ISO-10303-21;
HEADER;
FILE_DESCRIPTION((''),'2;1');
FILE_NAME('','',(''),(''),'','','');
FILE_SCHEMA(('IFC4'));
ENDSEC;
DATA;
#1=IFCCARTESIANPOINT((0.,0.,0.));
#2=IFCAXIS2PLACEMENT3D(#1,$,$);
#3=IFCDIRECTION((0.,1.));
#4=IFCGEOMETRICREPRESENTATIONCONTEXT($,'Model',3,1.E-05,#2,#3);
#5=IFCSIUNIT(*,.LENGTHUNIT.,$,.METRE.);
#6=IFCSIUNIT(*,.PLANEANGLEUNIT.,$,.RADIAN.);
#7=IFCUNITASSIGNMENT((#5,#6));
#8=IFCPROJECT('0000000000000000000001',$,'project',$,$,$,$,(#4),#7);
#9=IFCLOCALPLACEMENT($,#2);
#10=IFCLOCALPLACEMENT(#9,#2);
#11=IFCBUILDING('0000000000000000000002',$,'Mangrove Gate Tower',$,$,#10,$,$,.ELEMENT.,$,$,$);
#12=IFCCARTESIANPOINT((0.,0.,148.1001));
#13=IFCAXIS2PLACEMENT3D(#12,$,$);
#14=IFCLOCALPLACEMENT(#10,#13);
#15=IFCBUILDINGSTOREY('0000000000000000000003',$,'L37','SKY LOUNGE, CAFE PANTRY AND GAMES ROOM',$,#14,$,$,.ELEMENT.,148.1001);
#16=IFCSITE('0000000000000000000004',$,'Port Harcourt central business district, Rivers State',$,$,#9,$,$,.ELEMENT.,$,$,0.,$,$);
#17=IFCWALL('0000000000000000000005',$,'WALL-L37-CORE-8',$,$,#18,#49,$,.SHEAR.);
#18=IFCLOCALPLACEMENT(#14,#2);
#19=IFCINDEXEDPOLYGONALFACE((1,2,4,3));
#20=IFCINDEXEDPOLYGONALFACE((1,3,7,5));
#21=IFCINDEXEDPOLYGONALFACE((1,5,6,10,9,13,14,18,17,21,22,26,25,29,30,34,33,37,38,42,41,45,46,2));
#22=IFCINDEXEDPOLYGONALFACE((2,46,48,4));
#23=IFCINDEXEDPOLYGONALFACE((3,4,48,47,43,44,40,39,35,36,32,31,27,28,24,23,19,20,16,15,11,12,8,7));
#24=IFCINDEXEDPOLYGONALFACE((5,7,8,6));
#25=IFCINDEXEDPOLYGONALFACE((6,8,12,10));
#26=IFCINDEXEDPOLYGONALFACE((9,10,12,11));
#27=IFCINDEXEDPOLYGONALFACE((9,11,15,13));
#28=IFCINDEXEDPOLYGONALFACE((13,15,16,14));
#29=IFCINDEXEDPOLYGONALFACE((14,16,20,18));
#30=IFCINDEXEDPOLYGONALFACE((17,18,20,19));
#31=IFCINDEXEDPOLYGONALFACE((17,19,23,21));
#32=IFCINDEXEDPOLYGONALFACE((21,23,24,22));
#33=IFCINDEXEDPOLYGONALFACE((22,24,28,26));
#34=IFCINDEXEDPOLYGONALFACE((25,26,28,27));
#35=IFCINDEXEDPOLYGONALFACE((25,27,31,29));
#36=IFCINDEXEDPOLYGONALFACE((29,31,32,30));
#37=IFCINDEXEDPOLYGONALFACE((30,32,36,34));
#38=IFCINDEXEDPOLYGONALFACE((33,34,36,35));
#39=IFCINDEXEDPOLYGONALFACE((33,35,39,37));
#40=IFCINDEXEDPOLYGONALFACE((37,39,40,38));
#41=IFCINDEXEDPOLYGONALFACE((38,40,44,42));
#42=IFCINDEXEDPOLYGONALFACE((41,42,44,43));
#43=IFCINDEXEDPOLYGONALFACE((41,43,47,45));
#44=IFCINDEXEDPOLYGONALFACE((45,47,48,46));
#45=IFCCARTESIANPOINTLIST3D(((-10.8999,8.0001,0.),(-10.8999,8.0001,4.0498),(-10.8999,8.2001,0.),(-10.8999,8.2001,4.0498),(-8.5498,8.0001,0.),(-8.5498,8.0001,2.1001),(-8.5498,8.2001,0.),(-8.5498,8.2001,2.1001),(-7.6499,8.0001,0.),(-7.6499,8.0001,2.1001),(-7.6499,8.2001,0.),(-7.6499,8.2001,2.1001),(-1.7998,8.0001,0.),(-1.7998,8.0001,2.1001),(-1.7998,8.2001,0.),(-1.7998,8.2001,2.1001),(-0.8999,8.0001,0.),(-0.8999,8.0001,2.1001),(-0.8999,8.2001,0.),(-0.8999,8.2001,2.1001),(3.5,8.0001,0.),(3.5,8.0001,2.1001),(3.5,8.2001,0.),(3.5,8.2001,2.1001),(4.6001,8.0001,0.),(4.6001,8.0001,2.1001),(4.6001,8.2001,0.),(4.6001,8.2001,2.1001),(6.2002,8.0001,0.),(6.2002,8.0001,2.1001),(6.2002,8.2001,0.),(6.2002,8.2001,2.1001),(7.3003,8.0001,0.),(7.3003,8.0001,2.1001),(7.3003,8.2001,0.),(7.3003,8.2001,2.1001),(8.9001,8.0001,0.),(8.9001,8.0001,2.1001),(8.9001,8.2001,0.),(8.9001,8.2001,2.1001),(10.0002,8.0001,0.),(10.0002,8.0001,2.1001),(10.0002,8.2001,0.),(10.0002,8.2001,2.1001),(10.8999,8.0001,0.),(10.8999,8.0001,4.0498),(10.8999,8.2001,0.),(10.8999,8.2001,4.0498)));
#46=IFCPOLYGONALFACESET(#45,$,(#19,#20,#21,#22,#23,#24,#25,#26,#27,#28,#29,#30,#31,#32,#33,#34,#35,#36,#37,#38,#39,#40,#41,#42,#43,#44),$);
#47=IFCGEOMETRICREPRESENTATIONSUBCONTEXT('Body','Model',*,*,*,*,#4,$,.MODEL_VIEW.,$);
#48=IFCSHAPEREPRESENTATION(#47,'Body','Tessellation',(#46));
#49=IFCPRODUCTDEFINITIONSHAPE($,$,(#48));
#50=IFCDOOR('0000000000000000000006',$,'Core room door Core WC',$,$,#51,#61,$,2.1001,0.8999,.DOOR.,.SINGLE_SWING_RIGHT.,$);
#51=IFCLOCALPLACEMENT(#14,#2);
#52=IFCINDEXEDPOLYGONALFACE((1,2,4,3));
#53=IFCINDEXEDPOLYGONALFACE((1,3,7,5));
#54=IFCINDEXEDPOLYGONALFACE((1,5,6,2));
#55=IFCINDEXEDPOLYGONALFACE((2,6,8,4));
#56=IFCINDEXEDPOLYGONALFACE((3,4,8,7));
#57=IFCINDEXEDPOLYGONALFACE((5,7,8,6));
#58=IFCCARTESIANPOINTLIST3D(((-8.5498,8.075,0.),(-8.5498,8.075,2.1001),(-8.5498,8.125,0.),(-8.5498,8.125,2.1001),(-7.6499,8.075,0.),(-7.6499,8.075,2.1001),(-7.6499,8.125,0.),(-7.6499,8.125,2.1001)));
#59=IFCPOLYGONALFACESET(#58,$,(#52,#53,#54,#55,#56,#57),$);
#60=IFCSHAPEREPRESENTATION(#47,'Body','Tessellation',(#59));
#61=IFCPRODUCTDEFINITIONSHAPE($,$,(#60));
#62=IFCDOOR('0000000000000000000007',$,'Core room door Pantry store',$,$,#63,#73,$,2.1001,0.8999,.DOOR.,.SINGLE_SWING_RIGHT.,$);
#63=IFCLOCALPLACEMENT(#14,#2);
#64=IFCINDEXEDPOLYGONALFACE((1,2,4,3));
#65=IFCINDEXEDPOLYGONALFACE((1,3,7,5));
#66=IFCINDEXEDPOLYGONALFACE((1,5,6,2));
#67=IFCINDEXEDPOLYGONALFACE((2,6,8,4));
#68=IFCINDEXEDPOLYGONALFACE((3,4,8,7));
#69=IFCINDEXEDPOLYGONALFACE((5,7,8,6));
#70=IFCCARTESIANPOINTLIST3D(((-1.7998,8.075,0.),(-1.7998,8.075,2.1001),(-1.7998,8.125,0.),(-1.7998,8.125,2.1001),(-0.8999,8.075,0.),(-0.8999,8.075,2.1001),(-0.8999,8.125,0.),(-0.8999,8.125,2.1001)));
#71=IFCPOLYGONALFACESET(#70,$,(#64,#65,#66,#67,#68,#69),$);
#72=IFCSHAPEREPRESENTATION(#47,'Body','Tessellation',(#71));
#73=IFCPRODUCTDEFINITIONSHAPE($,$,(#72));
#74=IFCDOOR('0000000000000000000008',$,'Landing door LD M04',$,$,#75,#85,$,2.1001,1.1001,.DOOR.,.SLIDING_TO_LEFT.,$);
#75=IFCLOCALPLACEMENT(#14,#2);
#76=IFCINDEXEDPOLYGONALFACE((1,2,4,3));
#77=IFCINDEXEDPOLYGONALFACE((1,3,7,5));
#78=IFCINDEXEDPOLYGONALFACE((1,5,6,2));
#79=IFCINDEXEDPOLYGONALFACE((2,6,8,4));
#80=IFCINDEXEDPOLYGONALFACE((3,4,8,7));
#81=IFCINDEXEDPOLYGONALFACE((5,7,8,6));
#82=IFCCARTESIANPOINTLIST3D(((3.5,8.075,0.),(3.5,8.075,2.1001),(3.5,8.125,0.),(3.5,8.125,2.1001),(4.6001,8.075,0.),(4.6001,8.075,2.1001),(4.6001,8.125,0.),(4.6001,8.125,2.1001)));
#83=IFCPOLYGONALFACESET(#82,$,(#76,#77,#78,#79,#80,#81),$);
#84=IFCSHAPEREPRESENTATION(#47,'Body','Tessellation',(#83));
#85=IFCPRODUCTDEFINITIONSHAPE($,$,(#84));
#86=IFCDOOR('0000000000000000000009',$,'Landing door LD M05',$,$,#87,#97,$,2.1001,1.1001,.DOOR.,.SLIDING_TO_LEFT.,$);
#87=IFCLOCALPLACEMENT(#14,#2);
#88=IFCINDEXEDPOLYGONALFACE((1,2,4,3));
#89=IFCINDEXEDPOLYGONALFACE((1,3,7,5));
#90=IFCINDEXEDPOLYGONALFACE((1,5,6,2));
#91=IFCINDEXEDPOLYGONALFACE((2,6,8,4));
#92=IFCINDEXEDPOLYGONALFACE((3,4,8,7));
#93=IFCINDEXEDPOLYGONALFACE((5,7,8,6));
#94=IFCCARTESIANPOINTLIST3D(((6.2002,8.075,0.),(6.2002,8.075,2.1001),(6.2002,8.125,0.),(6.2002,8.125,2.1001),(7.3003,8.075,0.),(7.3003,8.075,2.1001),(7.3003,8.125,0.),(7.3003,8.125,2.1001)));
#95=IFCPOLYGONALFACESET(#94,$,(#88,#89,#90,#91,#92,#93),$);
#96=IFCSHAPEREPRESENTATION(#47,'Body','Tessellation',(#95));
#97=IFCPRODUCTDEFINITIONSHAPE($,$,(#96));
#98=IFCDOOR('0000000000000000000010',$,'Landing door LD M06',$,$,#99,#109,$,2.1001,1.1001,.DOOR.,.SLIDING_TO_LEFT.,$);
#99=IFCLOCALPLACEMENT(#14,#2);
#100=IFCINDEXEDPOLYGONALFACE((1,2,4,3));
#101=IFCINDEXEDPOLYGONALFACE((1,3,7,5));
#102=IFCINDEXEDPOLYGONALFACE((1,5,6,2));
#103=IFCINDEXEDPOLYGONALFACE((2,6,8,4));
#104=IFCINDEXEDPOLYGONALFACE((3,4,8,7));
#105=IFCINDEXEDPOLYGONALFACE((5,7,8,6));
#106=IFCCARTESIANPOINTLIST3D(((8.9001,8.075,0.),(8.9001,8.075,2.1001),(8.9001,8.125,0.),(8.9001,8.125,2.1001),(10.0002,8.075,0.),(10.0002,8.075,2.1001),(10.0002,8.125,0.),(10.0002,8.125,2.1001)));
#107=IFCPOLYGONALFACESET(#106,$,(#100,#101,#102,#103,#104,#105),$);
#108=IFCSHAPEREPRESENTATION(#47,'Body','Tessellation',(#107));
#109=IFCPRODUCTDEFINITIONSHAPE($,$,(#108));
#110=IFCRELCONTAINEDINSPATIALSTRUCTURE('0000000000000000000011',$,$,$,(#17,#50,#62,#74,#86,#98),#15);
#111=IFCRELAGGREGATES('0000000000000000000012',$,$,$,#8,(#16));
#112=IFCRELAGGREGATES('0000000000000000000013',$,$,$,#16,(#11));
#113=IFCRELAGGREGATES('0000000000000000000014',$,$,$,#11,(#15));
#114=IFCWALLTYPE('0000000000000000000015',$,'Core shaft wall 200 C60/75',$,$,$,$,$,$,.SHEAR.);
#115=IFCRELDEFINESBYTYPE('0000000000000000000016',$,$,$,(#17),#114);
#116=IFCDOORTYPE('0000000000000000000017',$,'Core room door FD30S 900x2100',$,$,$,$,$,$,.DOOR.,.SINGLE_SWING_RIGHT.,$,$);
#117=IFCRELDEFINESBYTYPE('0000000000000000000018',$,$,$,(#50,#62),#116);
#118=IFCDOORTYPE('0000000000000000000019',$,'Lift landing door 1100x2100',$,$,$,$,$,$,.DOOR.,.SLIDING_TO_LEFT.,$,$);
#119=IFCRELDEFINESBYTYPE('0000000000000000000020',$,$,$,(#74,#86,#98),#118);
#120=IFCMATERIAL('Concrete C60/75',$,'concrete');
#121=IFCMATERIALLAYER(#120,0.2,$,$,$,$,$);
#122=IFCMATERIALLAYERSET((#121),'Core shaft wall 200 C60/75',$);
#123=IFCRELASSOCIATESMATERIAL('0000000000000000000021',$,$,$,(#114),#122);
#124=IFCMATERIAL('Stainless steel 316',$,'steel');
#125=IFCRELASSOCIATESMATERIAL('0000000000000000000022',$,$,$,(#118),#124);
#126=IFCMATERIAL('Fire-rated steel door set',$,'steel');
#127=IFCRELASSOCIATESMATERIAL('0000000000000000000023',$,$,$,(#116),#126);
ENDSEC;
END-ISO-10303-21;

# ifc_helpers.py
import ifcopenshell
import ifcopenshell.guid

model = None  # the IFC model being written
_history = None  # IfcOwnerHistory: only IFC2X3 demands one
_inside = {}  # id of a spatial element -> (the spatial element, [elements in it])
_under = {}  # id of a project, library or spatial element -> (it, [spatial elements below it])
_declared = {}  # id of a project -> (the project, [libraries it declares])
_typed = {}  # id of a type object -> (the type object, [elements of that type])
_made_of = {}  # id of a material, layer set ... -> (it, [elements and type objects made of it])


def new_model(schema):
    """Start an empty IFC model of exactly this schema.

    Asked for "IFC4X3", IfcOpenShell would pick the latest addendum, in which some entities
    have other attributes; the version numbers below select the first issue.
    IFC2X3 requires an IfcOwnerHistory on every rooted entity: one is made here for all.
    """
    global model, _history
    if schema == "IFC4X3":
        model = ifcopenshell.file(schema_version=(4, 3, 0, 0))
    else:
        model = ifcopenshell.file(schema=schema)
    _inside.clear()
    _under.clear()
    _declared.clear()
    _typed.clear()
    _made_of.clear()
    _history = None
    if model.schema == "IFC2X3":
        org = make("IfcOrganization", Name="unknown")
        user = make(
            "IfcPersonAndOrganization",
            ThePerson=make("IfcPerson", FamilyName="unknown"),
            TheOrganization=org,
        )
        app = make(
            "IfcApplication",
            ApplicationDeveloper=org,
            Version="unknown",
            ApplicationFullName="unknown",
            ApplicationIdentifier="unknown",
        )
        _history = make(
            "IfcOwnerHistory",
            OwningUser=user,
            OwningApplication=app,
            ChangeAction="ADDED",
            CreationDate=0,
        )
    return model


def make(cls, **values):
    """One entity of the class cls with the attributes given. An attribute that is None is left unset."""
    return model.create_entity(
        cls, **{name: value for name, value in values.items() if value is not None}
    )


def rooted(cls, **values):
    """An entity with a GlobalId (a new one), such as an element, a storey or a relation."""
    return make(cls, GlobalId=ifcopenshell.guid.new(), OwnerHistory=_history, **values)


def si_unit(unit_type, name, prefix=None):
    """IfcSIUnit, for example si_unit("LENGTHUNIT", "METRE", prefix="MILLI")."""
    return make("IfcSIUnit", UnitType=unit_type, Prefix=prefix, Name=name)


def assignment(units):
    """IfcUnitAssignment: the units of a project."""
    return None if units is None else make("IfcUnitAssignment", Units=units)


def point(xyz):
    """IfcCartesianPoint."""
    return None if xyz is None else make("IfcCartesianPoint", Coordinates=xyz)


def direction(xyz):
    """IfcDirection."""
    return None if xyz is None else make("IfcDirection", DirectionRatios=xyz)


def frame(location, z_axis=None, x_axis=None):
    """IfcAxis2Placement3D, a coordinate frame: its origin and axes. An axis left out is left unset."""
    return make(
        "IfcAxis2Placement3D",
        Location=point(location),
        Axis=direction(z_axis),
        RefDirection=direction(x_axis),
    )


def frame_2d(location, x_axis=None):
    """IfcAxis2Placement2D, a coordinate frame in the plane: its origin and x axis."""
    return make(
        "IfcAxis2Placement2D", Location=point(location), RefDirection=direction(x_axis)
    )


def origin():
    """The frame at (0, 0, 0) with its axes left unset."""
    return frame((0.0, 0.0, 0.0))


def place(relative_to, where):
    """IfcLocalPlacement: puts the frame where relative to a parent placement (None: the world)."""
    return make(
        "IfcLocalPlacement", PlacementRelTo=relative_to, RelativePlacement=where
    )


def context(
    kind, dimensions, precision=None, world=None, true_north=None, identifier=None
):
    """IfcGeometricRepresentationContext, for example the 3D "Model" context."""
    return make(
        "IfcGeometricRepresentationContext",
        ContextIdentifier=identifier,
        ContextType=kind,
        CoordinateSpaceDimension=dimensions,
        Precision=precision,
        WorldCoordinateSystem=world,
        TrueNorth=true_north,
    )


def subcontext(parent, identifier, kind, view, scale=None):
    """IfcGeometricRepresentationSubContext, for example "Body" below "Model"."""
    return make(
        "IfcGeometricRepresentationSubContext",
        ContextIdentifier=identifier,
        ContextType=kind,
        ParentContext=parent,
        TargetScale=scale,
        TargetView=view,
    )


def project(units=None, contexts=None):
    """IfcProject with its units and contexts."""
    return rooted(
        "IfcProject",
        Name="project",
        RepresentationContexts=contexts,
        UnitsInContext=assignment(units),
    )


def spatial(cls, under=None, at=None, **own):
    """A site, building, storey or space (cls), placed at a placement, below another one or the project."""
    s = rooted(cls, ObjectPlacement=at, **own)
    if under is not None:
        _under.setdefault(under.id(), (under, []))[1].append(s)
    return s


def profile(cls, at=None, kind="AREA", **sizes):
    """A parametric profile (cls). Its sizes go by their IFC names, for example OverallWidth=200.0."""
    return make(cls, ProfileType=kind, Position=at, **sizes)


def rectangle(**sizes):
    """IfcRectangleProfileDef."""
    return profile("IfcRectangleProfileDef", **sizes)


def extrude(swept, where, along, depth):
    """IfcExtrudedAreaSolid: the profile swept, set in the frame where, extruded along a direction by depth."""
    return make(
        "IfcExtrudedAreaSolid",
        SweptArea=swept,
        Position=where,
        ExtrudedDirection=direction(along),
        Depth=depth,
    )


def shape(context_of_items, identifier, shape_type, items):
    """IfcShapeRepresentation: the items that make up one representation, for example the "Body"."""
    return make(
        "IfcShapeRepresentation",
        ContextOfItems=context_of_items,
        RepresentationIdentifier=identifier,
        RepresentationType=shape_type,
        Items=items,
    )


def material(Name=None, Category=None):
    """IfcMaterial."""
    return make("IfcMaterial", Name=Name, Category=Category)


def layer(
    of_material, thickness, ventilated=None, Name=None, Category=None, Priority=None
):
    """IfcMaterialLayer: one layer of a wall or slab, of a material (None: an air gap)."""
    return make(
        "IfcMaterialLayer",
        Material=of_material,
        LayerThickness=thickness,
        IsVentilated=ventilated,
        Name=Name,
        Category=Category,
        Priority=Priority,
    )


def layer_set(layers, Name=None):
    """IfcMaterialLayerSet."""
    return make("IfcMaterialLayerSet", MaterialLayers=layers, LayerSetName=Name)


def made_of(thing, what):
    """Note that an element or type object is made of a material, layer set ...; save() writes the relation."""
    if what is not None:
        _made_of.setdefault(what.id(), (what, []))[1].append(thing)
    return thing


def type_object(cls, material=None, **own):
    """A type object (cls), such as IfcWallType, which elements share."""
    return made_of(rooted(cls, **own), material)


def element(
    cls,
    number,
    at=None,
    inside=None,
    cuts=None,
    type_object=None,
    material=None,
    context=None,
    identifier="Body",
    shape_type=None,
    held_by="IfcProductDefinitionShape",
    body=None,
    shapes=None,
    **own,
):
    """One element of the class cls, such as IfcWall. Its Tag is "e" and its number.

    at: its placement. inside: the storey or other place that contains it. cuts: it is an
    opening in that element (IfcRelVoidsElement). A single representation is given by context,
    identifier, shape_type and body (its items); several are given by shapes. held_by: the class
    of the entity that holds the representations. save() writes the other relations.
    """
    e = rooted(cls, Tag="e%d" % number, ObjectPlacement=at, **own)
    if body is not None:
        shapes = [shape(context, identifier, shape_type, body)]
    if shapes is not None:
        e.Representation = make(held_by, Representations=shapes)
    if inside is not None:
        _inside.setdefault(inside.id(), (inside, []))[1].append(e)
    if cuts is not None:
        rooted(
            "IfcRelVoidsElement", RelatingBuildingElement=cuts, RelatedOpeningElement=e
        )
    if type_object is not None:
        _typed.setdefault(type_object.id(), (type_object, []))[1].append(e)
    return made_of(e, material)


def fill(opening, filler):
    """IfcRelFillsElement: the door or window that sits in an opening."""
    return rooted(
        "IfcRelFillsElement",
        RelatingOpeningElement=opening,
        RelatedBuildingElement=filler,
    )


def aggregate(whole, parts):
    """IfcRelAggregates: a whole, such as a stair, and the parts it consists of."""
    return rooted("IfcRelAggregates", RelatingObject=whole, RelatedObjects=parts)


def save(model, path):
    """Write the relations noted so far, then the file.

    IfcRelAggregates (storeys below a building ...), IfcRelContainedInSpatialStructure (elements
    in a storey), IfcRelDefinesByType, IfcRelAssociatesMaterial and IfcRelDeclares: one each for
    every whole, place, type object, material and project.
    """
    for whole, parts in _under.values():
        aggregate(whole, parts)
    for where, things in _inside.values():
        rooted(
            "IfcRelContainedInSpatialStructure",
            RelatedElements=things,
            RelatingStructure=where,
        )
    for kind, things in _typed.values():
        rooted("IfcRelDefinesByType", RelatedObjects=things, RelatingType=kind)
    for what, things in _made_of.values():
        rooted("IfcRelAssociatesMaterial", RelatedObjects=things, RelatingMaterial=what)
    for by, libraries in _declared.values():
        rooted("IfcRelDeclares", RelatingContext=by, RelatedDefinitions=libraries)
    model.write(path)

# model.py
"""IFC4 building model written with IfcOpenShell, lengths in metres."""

from ifc_helpers import new_model, si_unit, direction, frame, frame_2d, origin, place, context, subcontext, project, spatial, rectangle, extrude, material, layer, layer_set, type_object, element, fill, save


model = new_model("IFC4")

# Units and contexts
model_context = context("Model", 3, precision=1e-05, world=origin(), true_north=direction((0.0, 1.0)))
body_context = subcontext(model_context, "Body", "Model", "MODEL_VIEW")
ifc_project = project(units=[si_unit("LENGTHUNIT", "METRE"), si_unit("PLANEANGLEUNIT", "RADIAN")], contexts=[model_context])

# Site, building, storey
site_placement = place(None, origin())
site = spatial("IfcSite", under=ifc_project, at=site_placement, Name="Port Harcourt central business district, Rivers State", CompositionType="ELEMENT", RefElevation=0.0)
building_placement = place(site_placement, origin())
building = spatial("IfcBuilding", under=site, at=building_placement, Name="Mangrove Gate Tower", CompositionType="ELEMENT")
storey_placement = place(building_placement, frame((0.0, 0.0, 148.1001)))
storey = spatial("IfcBuildingStorey", under=building, at=storey_placement, Name="L37", Description="SKY LOUNGE, CAFE PANTRY AND GAMES ROOM", CompositionType="ELEMENT", Elevation=148.1001)

# Shared definitions
ifc_material_1 = material(Name="Concrete C60/75", Category="concrete")
ifc_layer_1 = layer(ifc_material_1, 0.2)
ifc_layer_set_1 = layer_set([ifc_layer_1], Name="Core shaft wall 200 C60/75")
wall_type_1 = type_object("IfcWallType", Name="Core shaft wall 200 C60/75", PredefinedType="SHEAR", material=ifc_layer_set_1)

# Wall, openings, doors
ifc_material_2 = material(Name="Stainless steel 316", Category="steel")
door_type_1 = type_object("IfcDoorType", Name="Lift landing door 1100x2100", OperationType="SLIDING_TO_LEFT", PredefinedType="DOOR", material=ifc_material_2)
wall_1_placement = place(storey_placement, frame((-10.8999, 8.1001, 0.0), z_axis=(0.0, 0.0, 1.0), x_axis=(1.0, 0.0, 0.0)))
wall_1 = element("IfcWall", 1, at=wall_1_placement, inside=storey, type_object=wall_type_1, Name="WALL-L37-CORE-8", PredefinedType="SHEAR", context=body_context, shape_type="SweptSolid", body=[
    extrude(rectangle(XDim=21.7998, YDim=0.2, at=frame_2d((10.8999, 0.0))), origin(), (0.0, 0.0, 1.0), 4.0498),
])
opening_1_placement = place(wall_1_placement, frame((14.3999, 0.0, 0.0)))
opening_1 = element("IfcOpeningElement", 2, at=opening_1_placement, cuts=wall_1, PredefinedType="OPENING", context=body_context, shape_type="SweptSolid", body=[
    extrude(rectangle(XDim=1.1001, YDim=2.1001, at=frame_2d((0.55, 1.05))), frame((0.0, 0.1099, 0.0), z_axis=(0.0, -1.0, 0.0), x_axis=(1.0, 0.0, 0.0)), (0.0, 0.0, 1.0), 0.22),
])
opening_2_placement = place(wall_1_placement, frame((17.1001, 0.0, 0.0)))
opening_2 = element("IfcOpeningElement", 3, at=opening_2_placement, cuts=wall_1, PredefinedType="OPENING", context=body_context, shape_type="SweptSolid", body=[
    extrude(rectangle(XDim=1.1001, YDim=2.1001, at=frame_2d((0.55, 1.05))), frame((0.0, 0.1099, 0.0), z_axis=(0.0, -1.0, 0.0), x_axis=(1.0, 0.0, 0.0)), (0.0, 0.0, 1.0), 0.22),
])
opening_3_placement = place(wall_1_placement, frame((19.8, 0.0, 0.0)))
opening_3 = element("IfcOpeningElement", 4, at=opening_3_placement, cuts=wall_1, PredefinedType="OPENING", context=body_context, shape_type="SweptSolid", body=[
    extrude(rectangle(XDim=1.1001, YDim=2.1001, at=frame_2d((0.55, 1.05))), frame((0.0, 0.1099, 0.0), z_axis=(0.0, -1.0, 0.0), x_axis=(1.0, 0.0, 0.0)), (0.0, 0.0, 1.0), 0.22),
])
opening_4_placement = place(wall_1_placement, frame((2.3501, 0.0, 0.0)))
opening_4 = element("IfcOpeningElement", 5, at=opening_4_placement, cuts=wall_1, PredefinedType="OPENING", context=body_context, shape_type="SweptSolid", body=[
    extrude(rectangle(XDim=0.8999, YDim=2.1001, at=frame_2d((0.45, 1.05))), frame((0.0, 0.1099, 0.0), z_axis=(0.0, -1.0, 0.0), x_axis=(1.0, 0.0, 0.0)), (0.0, 0.0, 1.0), 0.22),
])
opening_5_placement = place(wall_1_placement, frame((9.1001, 0.0, 0.0)))
opening_5 = element("IfcOpeningElement", 6, at=opening_5_placement, cuts=wall_1, PredefinedType="OPENING", context=body_context, shape_type="SweptSolid", body=[
    extrude(rectangle(XDim=0.8999, YDim=2.1001, at=frame_2d((0.45, 1.05))), frame((0.0, 0.1099, 0.0), z_axis=(0.0, -1.0, 0.0), x_axis=(1.0, 0.0, 0.0)), (0.0, 0.0, 1.0), 0.22),
])
ifc_material_3 = material(Name="Fire-rated steel door set", Category="steel")
door_type_2 = type_object("IfcDoorType", Name="Core room door FD30S 900x2100", OperationType="SINGLE_SWING_RIGHT", PredefinedType="DOOR", material=ifc_material_3)
door_1_placement = place(opening_4_placement, origin())
door_1 = element("IfcDoor", 7, at=door_1_placement, inside=storey, type_object=door_type_2, Name="Core room door Core WC", OperationType="SINGLE_SWING_RIGHT", OverallHeight=2.1001, OverallWidth=0.8999, PredefinedType="DOOR", context=body_context, shape_type="SweptSolid", body=[
    extrude(rectangle(XDim=0.8999, YDim=2.1001, at=frame_2d((0.45, 1.05))), frame((0.0, 0.0249, 0.0), z_axis=(0.0, -1.0, 0.0), x_axis=(1.0, 0.0, 0.0)), (0.0, 0.0, 1.0), 0.05),
])
fill(opening_4, door_1)
door_2_placement = place(opening_5_placement, origin())
door_2 = element("IfcDoor", 8, at=door_2_placement, inside=storey, type_object=door_type_2, Name="Core room door Pantry store", OperationType="SINGLE_SWING_RIGHT", OverallHeight=2.1001, OverallWidth=0.8999, PredefinedType="DOOR", context=body_context, shape_type="SweptSolid", body=[
    extrude(rectangle(XDim=0.8999, YDim=2.1001, at=frame_2d((0.45, 1.05))), frame((0.0, 0.0249, 0.0), z_axis=(0.0, -1.0, 0.0), x_axis=(1.0, 0.0, 0.0)), (0.0, 0.0, 1.0), 0.05),
])
fill(opening_5, door_2)
door_3_placement = place(opening_1_placement, origin())
door_3 = element("IfcDoor", 9, at=door_3_placement, inside=storey, type_object=door_type_1, Name="Landing door LD M04", OperationType="SLIDING_TO_LEFT", OverallHeight=2.1001, OverallWidth=1.1001, PredefinedType="DOOR", context=body_context, shape_type="SweptSolid", body=[
    extrude(rectangle(XDim=1.1001, YDim=2.1001, at=frame_2d((0.55, 1.05))), frame((0.0, 0.0249, 0.0), z_axis=(0.0, -1.0, 0.0), x_axis=(1.0, 0.0, 0.0)), (0.0, 0.0, 1.0), 0.05),
])
fill(opening_1, door_3)
door_4_placement = place(opening_2_placement, origin())
door_4 = element("IfcDoor", 10, at=door_4_placement, inside=storey, type_object=door_type_1, Name="Landing door LD M05", OperationType="SLIDING_TO_LEFT", OverallHeight=2.1001, OverallWidth=1.1001, PredefinedType="DOOR", context=body_context, shape_type="SweptSolid", body=[
    extrude(rectangle(XDim=1.1001, YDim=2.1001, at=frame_2d((0.55, 1.05))), frame((0.0, 0.0249, 0.0), z_axis=(0.0, -1.0, 0.0), x_axis=(1.0, 0.0, 0.0)), (0.0, 0.0, 1.0), 0.05),
])
fill(opening_2, door_4)
door_5_placement = place(opening_3_placement, origin())
door_5 = element("IfcDoor", 11, at=door_5_placement, inside=storey, type_object=door_type_1, Name="Landing door LD M06", OperationType="SLIDING_TO_LEFT", OverallHeight=2.1001, OverallWidth=1.1001, PredefinedType="DOOR", context=body_context, shape_type="SweptSolid", body=[
    extrude(rectangle(XDim=1.1001, YDim=2.1001, at=frame_2d((0.55, 1.05))), frame((0.0, 0.0249, 0.0), z_axis=(0.0, -1.0, 0.0), x_axis=(1.0, 0.0, 0.0)), (0.0, 0.0, 1.0), 0.05),
])
fill(opening_3, door_5)

save(model, "model.ifc")
